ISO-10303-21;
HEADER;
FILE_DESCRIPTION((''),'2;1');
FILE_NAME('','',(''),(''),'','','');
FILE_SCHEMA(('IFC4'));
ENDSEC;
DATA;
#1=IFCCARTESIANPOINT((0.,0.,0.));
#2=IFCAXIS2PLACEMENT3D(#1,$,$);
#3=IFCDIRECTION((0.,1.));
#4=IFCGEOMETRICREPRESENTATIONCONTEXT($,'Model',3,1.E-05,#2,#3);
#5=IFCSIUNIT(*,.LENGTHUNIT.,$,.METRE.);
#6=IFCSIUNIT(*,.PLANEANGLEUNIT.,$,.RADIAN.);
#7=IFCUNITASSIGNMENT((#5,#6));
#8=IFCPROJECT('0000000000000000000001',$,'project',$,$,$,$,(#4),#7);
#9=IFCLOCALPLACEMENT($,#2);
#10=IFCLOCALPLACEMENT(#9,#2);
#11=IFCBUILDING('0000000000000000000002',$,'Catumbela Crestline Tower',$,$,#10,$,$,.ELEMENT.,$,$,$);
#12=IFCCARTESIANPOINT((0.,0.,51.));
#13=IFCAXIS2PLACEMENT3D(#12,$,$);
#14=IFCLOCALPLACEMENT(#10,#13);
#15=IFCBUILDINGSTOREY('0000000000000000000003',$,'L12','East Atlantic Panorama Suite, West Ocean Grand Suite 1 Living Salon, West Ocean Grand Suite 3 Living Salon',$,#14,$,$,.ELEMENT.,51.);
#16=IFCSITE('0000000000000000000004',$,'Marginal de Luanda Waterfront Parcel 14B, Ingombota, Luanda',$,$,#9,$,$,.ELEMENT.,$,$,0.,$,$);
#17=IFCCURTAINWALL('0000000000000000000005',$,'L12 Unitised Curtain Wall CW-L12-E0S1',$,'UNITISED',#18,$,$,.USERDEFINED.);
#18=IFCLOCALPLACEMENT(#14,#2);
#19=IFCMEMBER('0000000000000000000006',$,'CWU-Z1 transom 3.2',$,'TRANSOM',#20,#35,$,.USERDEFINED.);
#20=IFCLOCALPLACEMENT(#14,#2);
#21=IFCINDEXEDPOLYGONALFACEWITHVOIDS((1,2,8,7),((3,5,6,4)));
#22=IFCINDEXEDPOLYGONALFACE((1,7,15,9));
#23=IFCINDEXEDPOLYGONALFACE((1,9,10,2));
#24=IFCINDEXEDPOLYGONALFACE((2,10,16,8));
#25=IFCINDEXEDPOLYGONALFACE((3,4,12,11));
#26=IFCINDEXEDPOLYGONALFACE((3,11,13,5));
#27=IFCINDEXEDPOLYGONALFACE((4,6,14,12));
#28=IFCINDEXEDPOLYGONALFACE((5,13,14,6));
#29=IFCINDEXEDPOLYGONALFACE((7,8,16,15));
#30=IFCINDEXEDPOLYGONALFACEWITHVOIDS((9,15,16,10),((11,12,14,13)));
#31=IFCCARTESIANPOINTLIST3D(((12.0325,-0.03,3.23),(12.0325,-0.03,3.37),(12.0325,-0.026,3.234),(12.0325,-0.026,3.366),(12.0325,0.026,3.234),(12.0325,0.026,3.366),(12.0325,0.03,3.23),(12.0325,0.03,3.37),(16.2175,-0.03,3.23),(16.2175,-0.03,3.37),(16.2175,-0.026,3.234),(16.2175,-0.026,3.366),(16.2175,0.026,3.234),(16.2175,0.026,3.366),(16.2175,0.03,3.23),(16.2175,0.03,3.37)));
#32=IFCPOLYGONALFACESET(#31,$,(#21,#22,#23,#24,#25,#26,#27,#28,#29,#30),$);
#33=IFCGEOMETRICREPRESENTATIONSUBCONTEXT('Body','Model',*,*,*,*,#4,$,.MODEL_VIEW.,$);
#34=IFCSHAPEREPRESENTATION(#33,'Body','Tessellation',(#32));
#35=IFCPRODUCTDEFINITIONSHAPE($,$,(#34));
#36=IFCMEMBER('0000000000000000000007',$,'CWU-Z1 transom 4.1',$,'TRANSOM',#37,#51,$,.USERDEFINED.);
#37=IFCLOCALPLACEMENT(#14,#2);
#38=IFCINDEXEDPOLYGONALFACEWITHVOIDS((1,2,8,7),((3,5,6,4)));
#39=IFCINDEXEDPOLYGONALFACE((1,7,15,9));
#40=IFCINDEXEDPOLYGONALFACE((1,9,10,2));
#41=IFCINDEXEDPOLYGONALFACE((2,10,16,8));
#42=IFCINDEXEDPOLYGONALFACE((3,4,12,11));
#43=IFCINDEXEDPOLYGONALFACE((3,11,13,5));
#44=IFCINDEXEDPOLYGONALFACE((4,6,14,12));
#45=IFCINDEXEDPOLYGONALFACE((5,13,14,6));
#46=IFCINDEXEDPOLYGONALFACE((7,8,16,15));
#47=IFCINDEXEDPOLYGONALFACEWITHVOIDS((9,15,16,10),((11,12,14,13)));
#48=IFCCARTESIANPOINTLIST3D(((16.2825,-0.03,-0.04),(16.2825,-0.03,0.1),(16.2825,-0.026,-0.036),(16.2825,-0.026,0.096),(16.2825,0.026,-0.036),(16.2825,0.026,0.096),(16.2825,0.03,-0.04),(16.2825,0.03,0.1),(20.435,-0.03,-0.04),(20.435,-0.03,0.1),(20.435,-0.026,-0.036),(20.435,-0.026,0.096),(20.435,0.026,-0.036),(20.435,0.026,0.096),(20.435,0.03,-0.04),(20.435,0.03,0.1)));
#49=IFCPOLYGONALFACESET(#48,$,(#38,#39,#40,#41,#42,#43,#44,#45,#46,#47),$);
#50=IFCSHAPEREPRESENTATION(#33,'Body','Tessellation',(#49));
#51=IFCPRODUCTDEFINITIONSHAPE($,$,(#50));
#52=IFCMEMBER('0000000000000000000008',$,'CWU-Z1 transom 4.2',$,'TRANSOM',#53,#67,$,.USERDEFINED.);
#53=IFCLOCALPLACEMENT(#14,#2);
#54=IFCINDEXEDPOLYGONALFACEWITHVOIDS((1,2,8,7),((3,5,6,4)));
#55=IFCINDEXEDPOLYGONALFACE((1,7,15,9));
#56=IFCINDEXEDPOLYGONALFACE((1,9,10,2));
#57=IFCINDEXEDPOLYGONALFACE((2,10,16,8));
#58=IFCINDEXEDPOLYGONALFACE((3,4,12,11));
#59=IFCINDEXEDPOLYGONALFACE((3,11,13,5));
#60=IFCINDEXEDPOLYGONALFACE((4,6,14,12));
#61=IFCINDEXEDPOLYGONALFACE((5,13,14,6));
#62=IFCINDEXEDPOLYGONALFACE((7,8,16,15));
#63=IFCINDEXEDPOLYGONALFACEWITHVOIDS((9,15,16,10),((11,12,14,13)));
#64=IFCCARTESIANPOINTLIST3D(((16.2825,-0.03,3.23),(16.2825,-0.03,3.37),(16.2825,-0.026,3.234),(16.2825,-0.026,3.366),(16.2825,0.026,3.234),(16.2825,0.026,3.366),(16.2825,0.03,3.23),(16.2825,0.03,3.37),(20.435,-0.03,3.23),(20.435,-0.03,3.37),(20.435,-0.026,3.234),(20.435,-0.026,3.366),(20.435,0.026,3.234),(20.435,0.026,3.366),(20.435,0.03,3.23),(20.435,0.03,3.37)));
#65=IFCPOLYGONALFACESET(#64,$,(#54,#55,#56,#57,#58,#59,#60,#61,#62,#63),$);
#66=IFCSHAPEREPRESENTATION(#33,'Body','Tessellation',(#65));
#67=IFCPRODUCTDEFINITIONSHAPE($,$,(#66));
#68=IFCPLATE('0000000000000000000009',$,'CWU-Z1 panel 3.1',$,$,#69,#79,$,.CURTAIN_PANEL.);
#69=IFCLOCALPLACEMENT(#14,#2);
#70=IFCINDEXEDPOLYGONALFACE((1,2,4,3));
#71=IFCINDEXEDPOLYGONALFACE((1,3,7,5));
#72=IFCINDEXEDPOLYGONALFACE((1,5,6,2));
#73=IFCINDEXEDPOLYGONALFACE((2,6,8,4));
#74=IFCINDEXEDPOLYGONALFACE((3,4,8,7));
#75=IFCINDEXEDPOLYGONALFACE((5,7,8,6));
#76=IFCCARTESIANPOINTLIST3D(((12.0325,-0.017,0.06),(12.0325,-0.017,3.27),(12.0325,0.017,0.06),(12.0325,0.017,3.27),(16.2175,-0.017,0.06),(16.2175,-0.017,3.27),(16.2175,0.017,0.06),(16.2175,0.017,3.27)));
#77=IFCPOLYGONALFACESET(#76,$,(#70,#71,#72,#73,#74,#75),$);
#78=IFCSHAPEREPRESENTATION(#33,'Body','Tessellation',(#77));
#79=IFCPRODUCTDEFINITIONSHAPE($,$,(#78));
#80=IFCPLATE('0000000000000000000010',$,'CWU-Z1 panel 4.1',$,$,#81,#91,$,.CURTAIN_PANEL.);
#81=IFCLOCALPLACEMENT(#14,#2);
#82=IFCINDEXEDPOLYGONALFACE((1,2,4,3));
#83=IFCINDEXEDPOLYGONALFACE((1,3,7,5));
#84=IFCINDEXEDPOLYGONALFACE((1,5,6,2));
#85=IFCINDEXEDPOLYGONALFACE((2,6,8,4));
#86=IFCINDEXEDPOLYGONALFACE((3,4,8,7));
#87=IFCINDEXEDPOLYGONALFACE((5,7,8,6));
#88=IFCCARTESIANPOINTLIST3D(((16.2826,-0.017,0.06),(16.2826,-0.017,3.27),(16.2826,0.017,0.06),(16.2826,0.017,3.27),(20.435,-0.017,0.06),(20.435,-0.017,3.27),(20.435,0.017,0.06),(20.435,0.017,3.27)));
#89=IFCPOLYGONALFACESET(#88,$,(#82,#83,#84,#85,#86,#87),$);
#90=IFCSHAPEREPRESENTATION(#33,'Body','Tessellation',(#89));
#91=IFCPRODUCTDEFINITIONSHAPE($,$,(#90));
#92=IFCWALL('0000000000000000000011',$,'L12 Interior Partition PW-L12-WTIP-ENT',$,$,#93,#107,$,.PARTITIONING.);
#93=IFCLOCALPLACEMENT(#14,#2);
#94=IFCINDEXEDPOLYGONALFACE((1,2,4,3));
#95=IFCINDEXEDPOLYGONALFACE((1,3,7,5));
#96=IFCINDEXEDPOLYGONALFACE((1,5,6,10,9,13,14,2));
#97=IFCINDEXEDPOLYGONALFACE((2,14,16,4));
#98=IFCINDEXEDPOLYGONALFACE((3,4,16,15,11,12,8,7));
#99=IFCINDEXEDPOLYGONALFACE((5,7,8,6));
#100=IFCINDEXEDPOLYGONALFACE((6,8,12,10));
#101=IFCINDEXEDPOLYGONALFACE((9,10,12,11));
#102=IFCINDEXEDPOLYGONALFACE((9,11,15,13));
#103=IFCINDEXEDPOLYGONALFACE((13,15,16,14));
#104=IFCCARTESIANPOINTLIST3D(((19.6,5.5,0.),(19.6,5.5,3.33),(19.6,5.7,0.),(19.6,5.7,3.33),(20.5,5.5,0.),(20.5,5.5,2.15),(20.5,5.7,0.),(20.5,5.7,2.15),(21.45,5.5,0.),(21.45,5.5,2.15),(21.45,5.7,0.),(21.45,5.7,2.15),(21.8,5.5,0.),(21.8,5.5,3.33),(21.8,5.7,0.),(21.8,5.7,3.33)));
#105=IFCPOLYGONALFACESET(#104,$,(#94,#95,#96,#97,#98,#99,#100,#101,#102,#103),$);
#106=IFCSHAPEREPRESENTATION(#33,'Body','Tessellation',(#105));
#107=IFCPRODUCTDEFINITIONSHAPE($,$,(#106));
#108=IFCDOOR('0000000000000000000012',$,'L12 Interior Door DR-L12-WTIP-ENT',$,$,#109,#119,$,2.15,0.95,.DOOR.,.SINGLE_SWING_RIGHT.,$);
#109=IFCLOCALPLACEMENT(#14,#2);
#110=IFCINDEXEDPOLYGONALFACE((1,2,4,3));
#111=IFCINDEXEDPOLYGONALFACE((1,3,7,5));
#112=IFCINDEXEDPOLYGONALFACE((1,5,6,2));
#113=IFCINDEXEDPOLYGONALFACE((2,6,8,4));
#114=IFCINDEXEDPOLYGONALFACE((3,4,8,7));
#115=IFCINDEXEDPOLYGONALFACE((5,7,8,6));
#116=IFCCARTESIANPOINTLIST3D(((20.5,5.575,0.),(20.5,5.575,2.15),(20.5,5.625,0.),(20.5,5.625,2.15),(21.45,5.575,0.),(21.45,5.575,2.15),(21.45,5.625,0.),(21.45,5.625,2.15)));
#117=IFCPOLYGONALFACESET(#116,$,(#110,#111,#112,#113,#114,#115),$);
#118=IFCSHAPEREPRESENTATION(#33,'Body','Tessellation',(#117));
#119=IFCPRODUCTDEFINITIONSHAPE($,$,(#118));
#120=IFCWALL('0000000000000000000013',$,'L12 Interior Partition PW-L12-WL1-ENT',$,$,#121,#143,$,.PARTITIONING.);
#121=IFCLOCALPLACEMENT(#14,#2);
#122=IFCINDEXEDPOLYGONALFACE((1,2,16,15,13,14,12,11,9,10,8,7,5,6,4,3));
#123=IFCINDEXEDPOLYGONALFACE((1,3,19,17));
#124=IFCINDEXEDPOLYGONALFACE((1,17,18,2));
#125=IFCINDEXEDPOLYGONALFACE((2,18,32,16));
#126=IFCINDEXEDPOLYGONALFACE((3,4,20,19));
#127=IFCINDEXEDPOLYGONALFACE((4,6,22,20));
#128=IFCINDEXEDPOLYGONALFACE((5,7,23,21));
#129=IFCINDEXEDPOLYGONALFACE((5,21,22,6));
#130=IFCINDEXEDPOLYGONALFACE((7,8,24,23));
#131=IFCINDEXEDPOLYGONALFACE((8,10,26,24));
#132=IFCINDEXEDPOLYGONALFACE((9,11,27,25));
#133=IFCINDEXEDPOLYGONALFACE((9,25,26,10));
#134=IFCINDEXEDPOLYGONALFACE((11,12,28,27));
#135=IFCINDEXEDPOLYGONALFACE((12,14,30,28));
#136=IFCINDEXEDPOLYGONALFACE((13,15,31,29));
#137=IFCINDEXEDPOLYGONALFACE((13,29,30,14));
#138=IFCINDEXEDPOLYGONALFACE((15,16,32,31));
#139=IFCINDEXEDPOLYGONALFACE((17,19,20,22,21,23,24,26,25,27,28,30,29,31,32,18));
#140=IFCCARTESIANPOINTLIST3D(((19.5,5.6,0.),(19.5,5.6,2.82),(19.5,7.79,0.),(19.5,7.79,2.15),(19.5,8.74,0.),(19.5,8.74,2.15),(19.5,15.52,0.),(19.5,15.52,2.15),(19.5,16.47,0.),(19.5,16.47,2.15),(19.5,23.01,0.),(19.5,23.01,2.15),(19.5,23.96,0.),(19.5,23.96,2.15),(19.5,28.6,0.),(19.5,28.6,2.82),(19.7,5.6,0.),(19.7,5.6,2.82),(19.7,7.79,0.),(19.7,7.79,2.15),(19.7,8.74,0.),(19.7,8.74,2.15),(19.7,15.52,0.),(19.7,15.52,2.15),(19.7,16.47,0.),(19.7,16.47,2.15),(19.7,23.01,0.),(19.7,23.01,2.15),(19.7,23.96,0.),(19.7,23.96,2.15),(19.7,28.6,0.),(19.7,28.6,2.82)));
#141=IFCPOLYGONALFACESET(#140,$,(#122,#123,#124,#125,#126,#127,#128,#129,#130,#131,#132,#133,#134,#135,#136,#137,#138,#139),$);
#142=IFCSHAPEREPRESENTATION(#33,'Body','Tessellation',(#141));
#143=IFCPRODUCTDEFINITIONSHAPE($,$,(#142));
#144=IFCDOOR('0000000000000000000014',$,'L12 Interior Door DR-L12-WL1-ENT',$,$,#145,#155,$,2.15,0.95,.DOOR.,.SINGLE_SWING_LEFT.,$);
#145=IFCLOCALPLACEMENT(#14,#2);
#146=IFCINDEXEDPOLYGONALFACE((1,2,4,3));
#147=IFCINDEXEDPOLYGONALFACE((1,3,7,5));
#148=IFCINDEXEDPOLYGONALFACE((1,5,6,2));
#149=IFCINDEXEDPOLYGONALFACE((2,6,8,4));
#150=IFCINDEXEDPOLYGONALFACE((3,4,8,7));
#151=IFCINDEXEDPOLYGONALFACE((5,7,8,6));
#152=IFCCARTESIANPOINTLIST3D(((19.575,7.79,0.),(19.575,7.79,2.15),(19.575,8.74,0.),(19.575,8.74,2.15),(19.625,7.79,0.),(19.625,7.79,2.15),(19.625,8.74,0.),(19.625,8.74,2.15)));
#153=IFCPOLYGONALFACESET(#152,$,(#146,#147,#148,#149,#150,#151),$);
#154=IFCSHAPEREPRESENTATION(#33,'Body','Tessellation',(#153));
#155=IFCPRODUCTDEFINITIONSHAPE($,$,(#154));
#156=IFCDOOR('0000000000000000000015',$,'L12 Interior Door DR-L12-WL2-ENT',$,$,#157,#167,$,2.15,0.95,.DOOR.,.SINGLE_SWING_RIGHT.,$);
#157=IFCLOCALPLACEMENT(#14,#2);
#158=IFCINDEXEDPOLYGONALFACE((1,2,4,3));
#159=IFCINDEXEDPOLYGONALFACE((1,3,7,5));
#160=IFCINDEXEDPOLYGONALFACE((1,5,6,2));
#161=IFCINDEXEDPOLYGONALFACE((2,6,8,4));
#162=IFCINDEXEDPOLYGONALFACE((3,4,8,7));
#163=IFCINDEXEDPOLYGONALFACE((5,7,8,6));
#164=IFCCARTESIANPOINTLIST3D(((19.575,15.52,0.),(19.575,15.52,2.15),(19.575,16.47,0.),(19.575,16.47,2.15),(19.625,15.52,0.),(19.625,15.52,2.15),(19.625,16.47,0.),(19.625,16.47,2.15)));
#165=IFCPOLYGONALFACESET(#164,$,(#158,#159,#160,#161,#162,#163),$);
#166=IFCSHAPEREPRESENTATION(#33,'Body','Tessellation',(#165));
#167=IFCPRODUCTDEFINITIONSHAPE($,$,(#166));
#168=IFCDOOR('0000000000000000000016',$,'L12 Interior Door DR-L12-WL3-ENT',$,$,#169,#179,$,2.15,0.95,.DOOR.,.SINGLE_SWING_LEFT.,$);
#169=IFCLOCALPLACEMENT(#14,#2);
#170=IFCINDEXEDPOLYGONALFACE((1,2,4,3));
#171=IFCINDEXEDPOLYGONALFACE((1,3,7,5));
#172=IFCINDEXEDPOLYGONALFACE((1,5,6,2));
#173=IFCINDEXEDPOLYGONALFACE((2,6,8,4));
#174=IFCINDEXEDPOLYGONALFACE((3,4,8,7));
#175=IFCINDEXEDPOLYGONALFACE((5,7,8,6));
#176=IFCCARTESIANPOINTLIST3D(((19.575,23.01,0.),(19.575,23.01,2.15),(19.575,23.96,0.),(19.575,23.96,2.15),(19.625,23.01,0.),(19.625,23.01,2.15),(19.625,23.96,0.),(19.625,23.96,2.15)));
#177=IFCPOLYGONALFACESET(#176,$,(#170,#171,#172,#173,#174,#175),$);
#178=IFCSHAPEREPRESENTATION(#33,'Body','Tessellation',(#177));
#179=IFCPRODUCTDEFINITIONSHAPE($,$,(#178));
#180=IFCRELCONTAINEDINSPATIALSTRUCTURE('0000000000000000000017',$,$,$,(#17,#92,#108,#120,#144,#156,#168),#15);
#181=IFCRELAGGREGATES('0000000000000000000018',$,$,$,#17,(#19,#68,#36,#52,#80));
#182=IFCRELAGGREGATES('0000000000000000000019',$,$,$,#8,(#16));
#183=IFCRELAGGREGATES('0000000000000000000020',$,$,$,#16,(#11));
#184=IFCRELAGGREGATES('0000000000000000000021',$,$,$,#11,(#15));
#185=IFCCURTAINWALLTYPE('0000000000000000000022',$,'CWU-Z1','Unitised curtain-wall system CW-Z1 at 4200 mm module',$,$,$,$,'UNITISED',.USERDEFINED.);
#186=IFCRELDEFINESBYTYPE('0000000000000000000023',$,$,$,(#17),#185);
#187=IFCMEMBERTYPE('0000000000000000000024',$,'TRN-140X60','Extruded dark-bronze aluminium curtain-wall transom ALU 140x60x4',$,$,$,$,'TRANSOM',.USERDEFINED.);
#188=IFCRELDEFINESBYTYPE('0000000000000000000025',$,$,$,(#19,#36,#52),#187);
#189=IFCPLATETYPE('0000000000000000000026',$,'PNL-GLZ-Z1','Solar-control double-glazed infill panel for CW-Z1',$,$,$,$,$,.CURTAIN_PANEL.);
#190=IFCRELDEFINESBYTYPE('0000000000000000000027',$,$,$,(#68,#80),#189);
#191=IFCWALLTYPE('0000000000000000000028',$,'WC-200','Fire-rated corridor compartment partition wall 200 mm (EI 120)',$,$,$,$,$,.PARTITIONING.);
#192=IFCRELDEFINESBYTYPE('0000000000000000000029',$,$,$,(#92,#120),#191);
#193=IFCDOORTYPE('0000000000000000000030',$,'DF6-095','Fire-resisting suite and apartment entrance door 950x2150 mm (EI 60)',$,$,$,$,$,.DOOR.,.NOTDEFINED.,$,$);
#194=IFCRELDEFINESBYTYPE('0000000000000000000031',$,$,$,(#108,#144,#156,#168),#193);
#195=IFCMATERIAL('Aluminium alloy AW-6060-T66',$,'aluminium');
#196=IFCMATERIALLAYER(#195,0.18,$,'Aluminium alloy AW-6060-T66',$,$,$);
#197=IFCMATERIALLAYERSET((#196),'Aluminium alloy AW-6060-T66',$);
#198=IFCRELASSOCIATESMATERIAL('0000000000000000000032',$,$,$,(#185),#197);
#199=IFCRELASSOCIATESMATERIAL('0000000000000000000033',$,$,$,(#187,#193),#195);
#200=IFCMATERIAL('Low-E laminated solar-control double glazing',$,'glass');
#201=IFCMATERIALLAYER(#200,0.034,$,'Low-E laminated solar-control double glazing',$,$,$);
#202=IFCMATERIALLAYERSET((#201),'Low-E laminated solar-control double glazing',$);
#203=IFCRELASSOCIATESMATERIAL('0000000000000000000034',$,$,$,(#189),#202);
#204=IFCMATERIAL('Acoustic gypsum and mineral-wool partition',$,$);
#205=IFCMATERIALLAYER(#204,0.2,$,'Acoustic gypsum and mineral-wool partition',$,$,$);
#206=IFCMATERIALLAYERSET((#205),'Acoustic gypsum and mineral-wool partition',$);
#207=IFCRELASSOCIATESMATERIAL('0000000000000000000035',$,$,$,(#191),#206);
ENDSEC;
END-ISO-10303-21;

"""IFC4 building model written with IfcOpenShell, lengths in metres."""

from ifc_helpers import new_model, si_unit, direction, frame, frame_2d, origin, origin_2d, place, context, subcontext, project, spatial, rectangle, hollow_rectangle, extrude, material, layer, layer_set, material_profile, profile_set, type_object, element, fill, aggregate, save


model = new_model("IFC4")

# Units and contexts
model_context = context("Model", 3, precision=1e-05, world=origin(), true_north=direction((0.0, 1.0)))
body_context = subcontext(model_context, "Body", "Model", "MODEL_VIEW")
ifc_project = project(units=[si_unit("LENGTHUNIT", "METRE"), si_unit("PLANEANGLEUNIT", "RADIAN")], contexts=[model_context])

# Site, building, storey
site_placement = place(None, origin())
site = spatial("IfcSite", under=ifc_project, at=site_placement, Name="Marginal de Luanda Waterfront Parcel 14B, Ingombota, Luanda", CompositionType="ELEMENT", RefElevation=0.0)
building_placement = place(site_placement, origin())
building = spatial("IfcBuilding", under=site, at=building_placement, Name="Catumbela Crestline Tower", CompositionType="ELEMENT")
storey_placement = place(building_placement, frame((0.0, 0.0, 51.0)))
storey = spatial("IfcBuildingStorey", under=building, at=storey_placement, Name="L12", Description="East Atlantic Panorama Suite, West Ocean Grand Suite 1 Living Salon, West Ocean Grand Suite 3 Living Salon", CompositionType="ELEMENT", Elevation=51.0)

# Curtain wall, members, plates
ifc_material_1 = material(Name="Aluminium alloy AW-6060-T66", Category="aluminium")
ifc_layer_1 = layer(ifc_material_1, 0.18, Name="Aluminium alloy AW-6060-T66")
ifc_layer_set_1 = layer_set([ifc_layer_1], Name="Aluminium alloy AW-6060-T66")
curtain_wall_type = type_object("IfcCurtainWallType", Name="CWU-Z1", Description="Unitised curtain-wall system CW-Z1 at 4200 mm module", ElementType="UNITISED", PredefinedType="USERDEFINED", material=ifc_layer_set_1)
curtain_wall_placement = place(storey_placement, origin())
curtain_wall = element("IfcCurtainWall", 1, at=curtain_wall_placement, inside=storey, type_object=curtain_wall_type, Name="L12 Unitised Curtain Wall CW-L12-E0S1", ObjectType="UNITISED", PredefinedType="USERDEFINED")
ifc_material_profile_1 = material_profile(ifc_material_1, hollow_rectangle(XDim=0.06, YDim=0.14, WallThickness=0.004, at=origin_2d()), Name="ALU 140x60x4")
ifc_profile_set_1 = profile_set([ifc_material_profile_1], Name="Aluminium alloy AW-6060-T66")
member_type_1 = type_object("IfcMemberType", Name="TRN-140X60", Description="Extruded dark-bronze aluminium curtain-wall transom ALU 140x60x4", ElementType="TRANSOM", PredefinedType="USERDEFINED", material=ifc_profile_set_1)
member_1_placement = place(storey_placement, frame((12.0325, 0.0, 3.3), z_axis=(1.0, 0.0, 0.0), x_axis=(0.0, 1.0, 0.0)))
member_1 = element("IfcMember", 2, at=member_1_placement, type_object=member_type_1, Name="CWU-Z1 transom 3.2", ObjectType="TRANSOM", PredefinedType="USERDEFINED", context=body_context, shape_type="SweptSolid", body=[
    extrude(hollow_rectangle(XDim=0.06, YDim=0.14, WallThickness=0.004, at=origin_2d()), origin(), (0.0, 0.0, 1.0), 4.185),
])
member_2_placement = place(storey_placement, frame((16.2825, 0.0, 0.03), z_axis=(1.0, 0.0, 0.0), x_axis=(0.0, 1.0, 0.0)))
member_2 = element("IfcMember", 3, at=member_2_placement, type_object=member_type_1, Name="CWU-Z1 transom 4.1", ObjectType="TRANSOM", PredefinedType="USERDEFINED", context=body_context, shape_type="SweptSolid", body=[
    extrude(hollow_rectangle(XDim=0.06, YDim=0.14, WallThickness=0.004, at=origin_2d()), origin(), (0.0, 0.0, 1.0), 4.1525),
])
member_3_placement = place(storey_placement, frame((16.2825, 0.0, 3.3), z_axis=(1.0, 0.0, 0.0), x_axis=(0.0, 1.0, 0.0)))
member_3 = element("IfcMember", 4, at=member_3_placement, type_object=member_type_1, Name="CWU-Z1 transom 4.2", ObjectType="TRANSOM", PredefinedType="USERDEFINED", context=body_context, shape_type="SweptSolid", body=[
    extrude(hollow_rectangle(XDim=0.06, YDim=0.14, WallThickness=0.004, at=origin_2d()), origin(), (0.0, 0.0, 1.0), 4.1525),
])
ifc_material_2 = material(Name="Low-E laminated solar-control double glazing", Category="glass")
ifc_layer_2 = layer(ifc_material_2, 0.034, Name="Low-E laminated solar-control double glazing")
ifc_layer_set_2 = layer_set([ifc_layer_2], Name="Low-E laminated solar-control double glazing")
plate_type = type_object("IfcPlateType", Name="PNL-GLZ-Z1", Description="Solar-control double-glazed infill panel for CW-Z1", PredefinedType="CURTAIN_PANEL", material=ifc_layer_set_2)
plate_1_placement = place(storey_placement, frame((14.125, 0.0, 0.06), z_axis=(0.0, 0.0, 1.0), x_axis=(1.0, 0.0, 0.0)))
plate_1 = element("IfcPlate", 5, at=plate_1_placement, type_object=plate_type, Name="CWU-Z1 panel 3.1", PredefinedType="CURTAIN_PANEL", context=body_context, shape_type="SweptSolid", body=[
    extrude(rectangle(XDim=4.185, YDim=0.034, at=origin_2d()), origin(), (0.0, 0.0, 1.0), 3.21),
])
plate_2_placement = place(storey_placement, frame((18.3588, 0.0, 0.06), z_axis=(0.0, 0.0, 1.0), x_axis=(1.0, 0.0, 0.0)))
plate_2 = element("IfcPlate", 6, at=plate_2_placement, type_object=plate_type, Name="CWU-Z1 panel 4.1", PredefinedType="CURTAIN_PANEL", context=body_context, shape_type="SweptSolid", body=[
    extrude(rectangle(XDim=4.1525, YDim=0.034, at=origin_2d()), origin(), (0.0, 0.0, 1.0), 3.21),
])
aggregate(curtain_wall, [member_1, plate_1, member_2, member_3, plate_2])

# Wall, opening, door
ifc_material_3 = material(Name="Acoustic gypsum and mineral-wool partition")
ifc_layer_3 = layer(ifc_material_3, 0.2, Name="Acoustic gypsum and mineral-wool partition")
ifc_layer_set_3 = layer_set([ifc_layer_3], Name="Acoustic gypsum and mineral-wool partition")
wall_type = type_object("IfcWallType", Name="WC-200", Description="Fire-rated corridor compartment partition wall 200 mm (EI 120)", PredefinedType="PARTITIONING", material=ifc_layer_set_3)
wall_1_placement = place(storey_placement, frame((19.6, 5.6, 0.0), z_axis=(0.0, 0.0, 1.0), x_axis=(1.0, 0.0, 0.0)))
wall_1 = element("IfcWall", 7, at=wall_1_placement, inside=storey, type_object=wall_type, Name="L12 Interior Partition PW-L12-WTIP-ENT", PredefinedType="PARTITIONING", context=body_context, shape_type="SweptSolid", body=[
    extrude(rectangle(XDim=2.2, YDim=0.2, at=frame_2d((1.1, 0.0))), origin(), (0.0, 0.0, 1.0), 3.33),
])
opening_1_placement = place(wall_1_placement, frame((0.9, 0.0, 0.0)))
opening_1 = element("IfcOpeningElement", 8, at=opening_1_placement, cuts=wall_1, PredefinedType="OPENING", context=body_context, shape_type="SweptSolid", body=[
    extrude(rectangle(XDim=0.95, YDim=2.15, at=frame_2d((0.475, 1.075))), frame((0.0, 0.11, 0.0), z_axis=(0.0, -1.0, 0.0), x_axis=(1.0, 0.0, 0.0)), (0.0, 0.0, 1.0), 0.22),
])
door_type = type_object("IfcDoorType", Name="DF6-095", Description="Fire-resisting suite and apartment entrance door 950x2150 mm (EI 60)", OperationType="NOTDEFINED", PredefinedType="DOOR", material=ifc_material_1)
door_1_placement = place(opening_1_placement, origin())
door_1 = element("IfcDoor", 9, at=door_1_placement, inside=storey, type_object=door_type, Name="L12 Interior Door DR-L12-WTIP-ENT", OperationType="SINGLE_SWING_RIGHT", OverallHeight=2.15, OverallWidth=0.95, PredefinedType="DOOR", context=body_context, shape_type="SweptSolid", body=[
    extrude(rectangle(XDim=0.95, YDim=2.15, at=frame_2d((0.475, 1.075))), frame((0.0, 0.025, 0.0), z_axis=(0.0, -1.0, 0.0), x_axis=(1.0, 0.0, 0.0)), (0.0, 0.0, 1.0), 0.05),
])
fill(opening_1, door_1)

# Wall, openings, doors
wall_2_placement = place(storey_placement, frame((19.6, 5.6, 0.0), z_axis=(0.0, 0.0, 1.0), x_axis=(0.0, 1.0, 0.0)))
wall_2 = element("IfcWall", 10, at=wall_2_placement, inside=storey, type_object=wall_type, Name="L12 Interior Partition PW-L12-WL1-ENT", PredefinedType="PARTITIONING", context=body_context, shape_type="SweptSolid", body=[
    extrude(rectangle(XDim=23.0, YDim=0.2, at=frame_2d((11.5, 0.0))), origin(), (0.0, 0.0, 1.0), 2.82),
])
opening_2_placement = place(wall_2_placement, frame((2.19, 0.0, 0.0)))
opening_2 = element("IfcOpeningElement", 11, at=opening_2_placement, cuts=wall_2, PredefinedType="OPENING", context=body_context, shape_type="SweptSolid", body=[
    extrude(rectangle(XDim=0.95, YDim=2.15, at=frame_2d((0.475, 1.075))), frame((0.0, 0.11, 0.0), z_axis=(0.0, -1.0, 0.0), x_axis=(1.0, 0.0, 0.0)), (0.0, 0.0, 1.0), 0.22),
])
opening_3_placement = place(wall_2_placement, frame((9.92, 0.0, 0.0)))
opening_3 = element("IfcOpeningElement", 12, at=opening_3_placement, cuts=wall_2, PredefinedType="OPENING", context=body_context, shape_type="SweptSolid", body=[
    extrude(rectangle(XDim=0.95, YDim=2.15, at=frame_2d((0.475, 1.075))), frame((0.0, 0.11, 0.0), z_axis=(0.0, -1.0, 0.0), x_axis=(1.0, 0.0, 0.0)), (0.0, 0.0, 1.0), 0.22),
])
opening_4_placement = place(wall_2_placement, frame((17.41, 0.0, 0.0)))
opening_4 = element("IfcOpeningElement", 13, at=opening_4_placement, cuts=wall_2, PredefinedType="OPENING", context=body_context, shape_type="SweptSolid", body=[
    extrude(rectangle(XDim=0.95, YDim=2.15, at=frame_2d((0.475, 1.075))), frame((0.0, 0.11, 0.0), z_axis=(0.0, -1.0, 0.0), x_axis=(1.0, 0.0, 0.0)), (0.0, 0.0, 1.0), 0.22),
])
door_2_placement = place(opening_2_placement, origin())
door_2 = element("IfcDoor", 14, at=door_2_placement, inside=storey, type_object=door_type, Name="L12 Interior Door DR-L12-WL1-ENT", OperationType="SINGLE_SWING_LEFT", OverallHeight=2.15, OverallWidth=0.95, PredefinedType="DOOR", context=body_context, shape_type="SweptSolid", body=[
    extrude(rectangle(XDim=0.95, YDim=2.15, at=frame_2d((0.475, 1.075))), frame((0.0, 0.025, 0.0), z_axis=(0.0, -1.0, 0.0), x_axis=(1.0, 0.0, 0.0)), (0.0, 0.0, 1.0), 0.05),
])
fill(opening_2, door_2)
door_3_placement = place(opening_3_placement, origin())
door_3 = element("IfcDoor", 15, at=door_3_placement, inside=storey, type_object=door_type, Name="L12 Interior Door DR-L12-WL2-ENT", OperationType="SINGLE_SWING_RIGHT", OverallHeight=2.15, OverallWidth=0.95, PredefinedType="DOOR", context=body_context, shape_type="SweptSolid", body=[
    extrude(rectangle(XDim=0.95, YDim=2.15, at=frame_2d((0.475, 1.075))), frame((0.0, 0.025, 0.0), z_axis=(0.0, -1.0, 0.0), x_axis=(1.0, 0.0, 0.0)), (0.0, 0.0, 1.0), 0.05),
])
fill(opening_3, door_3)
door_4_placement = place(opening_4_placement, origin())
door_4 = element("IfcDoor", 16, at=door_4_placement, inside=storey, type_object=door_type, Name="L12 Interior Door DR-L12-WL3-ENT", OperationType="SINGLE_SWING_LEFT", OverallHeight=2.15, OverallWidth=0.95, PredefinedType="DOOR", context=body_context, shape_type="SweptSolid", body=[
    extrude(rectangle(XDim=0.95, YDim=2.15, at=frame_2d((0.475, 1.075))), frame((0.0, 0.025, 0.0), z_axis=(0.0, -1.0, 0.0), x_axis=(1.0, 0.0, 0.0)), (0.0, 0.0, 1.0), 0.05),
])
fill(opening_4, door_4)

save(model, "model.ifc")
